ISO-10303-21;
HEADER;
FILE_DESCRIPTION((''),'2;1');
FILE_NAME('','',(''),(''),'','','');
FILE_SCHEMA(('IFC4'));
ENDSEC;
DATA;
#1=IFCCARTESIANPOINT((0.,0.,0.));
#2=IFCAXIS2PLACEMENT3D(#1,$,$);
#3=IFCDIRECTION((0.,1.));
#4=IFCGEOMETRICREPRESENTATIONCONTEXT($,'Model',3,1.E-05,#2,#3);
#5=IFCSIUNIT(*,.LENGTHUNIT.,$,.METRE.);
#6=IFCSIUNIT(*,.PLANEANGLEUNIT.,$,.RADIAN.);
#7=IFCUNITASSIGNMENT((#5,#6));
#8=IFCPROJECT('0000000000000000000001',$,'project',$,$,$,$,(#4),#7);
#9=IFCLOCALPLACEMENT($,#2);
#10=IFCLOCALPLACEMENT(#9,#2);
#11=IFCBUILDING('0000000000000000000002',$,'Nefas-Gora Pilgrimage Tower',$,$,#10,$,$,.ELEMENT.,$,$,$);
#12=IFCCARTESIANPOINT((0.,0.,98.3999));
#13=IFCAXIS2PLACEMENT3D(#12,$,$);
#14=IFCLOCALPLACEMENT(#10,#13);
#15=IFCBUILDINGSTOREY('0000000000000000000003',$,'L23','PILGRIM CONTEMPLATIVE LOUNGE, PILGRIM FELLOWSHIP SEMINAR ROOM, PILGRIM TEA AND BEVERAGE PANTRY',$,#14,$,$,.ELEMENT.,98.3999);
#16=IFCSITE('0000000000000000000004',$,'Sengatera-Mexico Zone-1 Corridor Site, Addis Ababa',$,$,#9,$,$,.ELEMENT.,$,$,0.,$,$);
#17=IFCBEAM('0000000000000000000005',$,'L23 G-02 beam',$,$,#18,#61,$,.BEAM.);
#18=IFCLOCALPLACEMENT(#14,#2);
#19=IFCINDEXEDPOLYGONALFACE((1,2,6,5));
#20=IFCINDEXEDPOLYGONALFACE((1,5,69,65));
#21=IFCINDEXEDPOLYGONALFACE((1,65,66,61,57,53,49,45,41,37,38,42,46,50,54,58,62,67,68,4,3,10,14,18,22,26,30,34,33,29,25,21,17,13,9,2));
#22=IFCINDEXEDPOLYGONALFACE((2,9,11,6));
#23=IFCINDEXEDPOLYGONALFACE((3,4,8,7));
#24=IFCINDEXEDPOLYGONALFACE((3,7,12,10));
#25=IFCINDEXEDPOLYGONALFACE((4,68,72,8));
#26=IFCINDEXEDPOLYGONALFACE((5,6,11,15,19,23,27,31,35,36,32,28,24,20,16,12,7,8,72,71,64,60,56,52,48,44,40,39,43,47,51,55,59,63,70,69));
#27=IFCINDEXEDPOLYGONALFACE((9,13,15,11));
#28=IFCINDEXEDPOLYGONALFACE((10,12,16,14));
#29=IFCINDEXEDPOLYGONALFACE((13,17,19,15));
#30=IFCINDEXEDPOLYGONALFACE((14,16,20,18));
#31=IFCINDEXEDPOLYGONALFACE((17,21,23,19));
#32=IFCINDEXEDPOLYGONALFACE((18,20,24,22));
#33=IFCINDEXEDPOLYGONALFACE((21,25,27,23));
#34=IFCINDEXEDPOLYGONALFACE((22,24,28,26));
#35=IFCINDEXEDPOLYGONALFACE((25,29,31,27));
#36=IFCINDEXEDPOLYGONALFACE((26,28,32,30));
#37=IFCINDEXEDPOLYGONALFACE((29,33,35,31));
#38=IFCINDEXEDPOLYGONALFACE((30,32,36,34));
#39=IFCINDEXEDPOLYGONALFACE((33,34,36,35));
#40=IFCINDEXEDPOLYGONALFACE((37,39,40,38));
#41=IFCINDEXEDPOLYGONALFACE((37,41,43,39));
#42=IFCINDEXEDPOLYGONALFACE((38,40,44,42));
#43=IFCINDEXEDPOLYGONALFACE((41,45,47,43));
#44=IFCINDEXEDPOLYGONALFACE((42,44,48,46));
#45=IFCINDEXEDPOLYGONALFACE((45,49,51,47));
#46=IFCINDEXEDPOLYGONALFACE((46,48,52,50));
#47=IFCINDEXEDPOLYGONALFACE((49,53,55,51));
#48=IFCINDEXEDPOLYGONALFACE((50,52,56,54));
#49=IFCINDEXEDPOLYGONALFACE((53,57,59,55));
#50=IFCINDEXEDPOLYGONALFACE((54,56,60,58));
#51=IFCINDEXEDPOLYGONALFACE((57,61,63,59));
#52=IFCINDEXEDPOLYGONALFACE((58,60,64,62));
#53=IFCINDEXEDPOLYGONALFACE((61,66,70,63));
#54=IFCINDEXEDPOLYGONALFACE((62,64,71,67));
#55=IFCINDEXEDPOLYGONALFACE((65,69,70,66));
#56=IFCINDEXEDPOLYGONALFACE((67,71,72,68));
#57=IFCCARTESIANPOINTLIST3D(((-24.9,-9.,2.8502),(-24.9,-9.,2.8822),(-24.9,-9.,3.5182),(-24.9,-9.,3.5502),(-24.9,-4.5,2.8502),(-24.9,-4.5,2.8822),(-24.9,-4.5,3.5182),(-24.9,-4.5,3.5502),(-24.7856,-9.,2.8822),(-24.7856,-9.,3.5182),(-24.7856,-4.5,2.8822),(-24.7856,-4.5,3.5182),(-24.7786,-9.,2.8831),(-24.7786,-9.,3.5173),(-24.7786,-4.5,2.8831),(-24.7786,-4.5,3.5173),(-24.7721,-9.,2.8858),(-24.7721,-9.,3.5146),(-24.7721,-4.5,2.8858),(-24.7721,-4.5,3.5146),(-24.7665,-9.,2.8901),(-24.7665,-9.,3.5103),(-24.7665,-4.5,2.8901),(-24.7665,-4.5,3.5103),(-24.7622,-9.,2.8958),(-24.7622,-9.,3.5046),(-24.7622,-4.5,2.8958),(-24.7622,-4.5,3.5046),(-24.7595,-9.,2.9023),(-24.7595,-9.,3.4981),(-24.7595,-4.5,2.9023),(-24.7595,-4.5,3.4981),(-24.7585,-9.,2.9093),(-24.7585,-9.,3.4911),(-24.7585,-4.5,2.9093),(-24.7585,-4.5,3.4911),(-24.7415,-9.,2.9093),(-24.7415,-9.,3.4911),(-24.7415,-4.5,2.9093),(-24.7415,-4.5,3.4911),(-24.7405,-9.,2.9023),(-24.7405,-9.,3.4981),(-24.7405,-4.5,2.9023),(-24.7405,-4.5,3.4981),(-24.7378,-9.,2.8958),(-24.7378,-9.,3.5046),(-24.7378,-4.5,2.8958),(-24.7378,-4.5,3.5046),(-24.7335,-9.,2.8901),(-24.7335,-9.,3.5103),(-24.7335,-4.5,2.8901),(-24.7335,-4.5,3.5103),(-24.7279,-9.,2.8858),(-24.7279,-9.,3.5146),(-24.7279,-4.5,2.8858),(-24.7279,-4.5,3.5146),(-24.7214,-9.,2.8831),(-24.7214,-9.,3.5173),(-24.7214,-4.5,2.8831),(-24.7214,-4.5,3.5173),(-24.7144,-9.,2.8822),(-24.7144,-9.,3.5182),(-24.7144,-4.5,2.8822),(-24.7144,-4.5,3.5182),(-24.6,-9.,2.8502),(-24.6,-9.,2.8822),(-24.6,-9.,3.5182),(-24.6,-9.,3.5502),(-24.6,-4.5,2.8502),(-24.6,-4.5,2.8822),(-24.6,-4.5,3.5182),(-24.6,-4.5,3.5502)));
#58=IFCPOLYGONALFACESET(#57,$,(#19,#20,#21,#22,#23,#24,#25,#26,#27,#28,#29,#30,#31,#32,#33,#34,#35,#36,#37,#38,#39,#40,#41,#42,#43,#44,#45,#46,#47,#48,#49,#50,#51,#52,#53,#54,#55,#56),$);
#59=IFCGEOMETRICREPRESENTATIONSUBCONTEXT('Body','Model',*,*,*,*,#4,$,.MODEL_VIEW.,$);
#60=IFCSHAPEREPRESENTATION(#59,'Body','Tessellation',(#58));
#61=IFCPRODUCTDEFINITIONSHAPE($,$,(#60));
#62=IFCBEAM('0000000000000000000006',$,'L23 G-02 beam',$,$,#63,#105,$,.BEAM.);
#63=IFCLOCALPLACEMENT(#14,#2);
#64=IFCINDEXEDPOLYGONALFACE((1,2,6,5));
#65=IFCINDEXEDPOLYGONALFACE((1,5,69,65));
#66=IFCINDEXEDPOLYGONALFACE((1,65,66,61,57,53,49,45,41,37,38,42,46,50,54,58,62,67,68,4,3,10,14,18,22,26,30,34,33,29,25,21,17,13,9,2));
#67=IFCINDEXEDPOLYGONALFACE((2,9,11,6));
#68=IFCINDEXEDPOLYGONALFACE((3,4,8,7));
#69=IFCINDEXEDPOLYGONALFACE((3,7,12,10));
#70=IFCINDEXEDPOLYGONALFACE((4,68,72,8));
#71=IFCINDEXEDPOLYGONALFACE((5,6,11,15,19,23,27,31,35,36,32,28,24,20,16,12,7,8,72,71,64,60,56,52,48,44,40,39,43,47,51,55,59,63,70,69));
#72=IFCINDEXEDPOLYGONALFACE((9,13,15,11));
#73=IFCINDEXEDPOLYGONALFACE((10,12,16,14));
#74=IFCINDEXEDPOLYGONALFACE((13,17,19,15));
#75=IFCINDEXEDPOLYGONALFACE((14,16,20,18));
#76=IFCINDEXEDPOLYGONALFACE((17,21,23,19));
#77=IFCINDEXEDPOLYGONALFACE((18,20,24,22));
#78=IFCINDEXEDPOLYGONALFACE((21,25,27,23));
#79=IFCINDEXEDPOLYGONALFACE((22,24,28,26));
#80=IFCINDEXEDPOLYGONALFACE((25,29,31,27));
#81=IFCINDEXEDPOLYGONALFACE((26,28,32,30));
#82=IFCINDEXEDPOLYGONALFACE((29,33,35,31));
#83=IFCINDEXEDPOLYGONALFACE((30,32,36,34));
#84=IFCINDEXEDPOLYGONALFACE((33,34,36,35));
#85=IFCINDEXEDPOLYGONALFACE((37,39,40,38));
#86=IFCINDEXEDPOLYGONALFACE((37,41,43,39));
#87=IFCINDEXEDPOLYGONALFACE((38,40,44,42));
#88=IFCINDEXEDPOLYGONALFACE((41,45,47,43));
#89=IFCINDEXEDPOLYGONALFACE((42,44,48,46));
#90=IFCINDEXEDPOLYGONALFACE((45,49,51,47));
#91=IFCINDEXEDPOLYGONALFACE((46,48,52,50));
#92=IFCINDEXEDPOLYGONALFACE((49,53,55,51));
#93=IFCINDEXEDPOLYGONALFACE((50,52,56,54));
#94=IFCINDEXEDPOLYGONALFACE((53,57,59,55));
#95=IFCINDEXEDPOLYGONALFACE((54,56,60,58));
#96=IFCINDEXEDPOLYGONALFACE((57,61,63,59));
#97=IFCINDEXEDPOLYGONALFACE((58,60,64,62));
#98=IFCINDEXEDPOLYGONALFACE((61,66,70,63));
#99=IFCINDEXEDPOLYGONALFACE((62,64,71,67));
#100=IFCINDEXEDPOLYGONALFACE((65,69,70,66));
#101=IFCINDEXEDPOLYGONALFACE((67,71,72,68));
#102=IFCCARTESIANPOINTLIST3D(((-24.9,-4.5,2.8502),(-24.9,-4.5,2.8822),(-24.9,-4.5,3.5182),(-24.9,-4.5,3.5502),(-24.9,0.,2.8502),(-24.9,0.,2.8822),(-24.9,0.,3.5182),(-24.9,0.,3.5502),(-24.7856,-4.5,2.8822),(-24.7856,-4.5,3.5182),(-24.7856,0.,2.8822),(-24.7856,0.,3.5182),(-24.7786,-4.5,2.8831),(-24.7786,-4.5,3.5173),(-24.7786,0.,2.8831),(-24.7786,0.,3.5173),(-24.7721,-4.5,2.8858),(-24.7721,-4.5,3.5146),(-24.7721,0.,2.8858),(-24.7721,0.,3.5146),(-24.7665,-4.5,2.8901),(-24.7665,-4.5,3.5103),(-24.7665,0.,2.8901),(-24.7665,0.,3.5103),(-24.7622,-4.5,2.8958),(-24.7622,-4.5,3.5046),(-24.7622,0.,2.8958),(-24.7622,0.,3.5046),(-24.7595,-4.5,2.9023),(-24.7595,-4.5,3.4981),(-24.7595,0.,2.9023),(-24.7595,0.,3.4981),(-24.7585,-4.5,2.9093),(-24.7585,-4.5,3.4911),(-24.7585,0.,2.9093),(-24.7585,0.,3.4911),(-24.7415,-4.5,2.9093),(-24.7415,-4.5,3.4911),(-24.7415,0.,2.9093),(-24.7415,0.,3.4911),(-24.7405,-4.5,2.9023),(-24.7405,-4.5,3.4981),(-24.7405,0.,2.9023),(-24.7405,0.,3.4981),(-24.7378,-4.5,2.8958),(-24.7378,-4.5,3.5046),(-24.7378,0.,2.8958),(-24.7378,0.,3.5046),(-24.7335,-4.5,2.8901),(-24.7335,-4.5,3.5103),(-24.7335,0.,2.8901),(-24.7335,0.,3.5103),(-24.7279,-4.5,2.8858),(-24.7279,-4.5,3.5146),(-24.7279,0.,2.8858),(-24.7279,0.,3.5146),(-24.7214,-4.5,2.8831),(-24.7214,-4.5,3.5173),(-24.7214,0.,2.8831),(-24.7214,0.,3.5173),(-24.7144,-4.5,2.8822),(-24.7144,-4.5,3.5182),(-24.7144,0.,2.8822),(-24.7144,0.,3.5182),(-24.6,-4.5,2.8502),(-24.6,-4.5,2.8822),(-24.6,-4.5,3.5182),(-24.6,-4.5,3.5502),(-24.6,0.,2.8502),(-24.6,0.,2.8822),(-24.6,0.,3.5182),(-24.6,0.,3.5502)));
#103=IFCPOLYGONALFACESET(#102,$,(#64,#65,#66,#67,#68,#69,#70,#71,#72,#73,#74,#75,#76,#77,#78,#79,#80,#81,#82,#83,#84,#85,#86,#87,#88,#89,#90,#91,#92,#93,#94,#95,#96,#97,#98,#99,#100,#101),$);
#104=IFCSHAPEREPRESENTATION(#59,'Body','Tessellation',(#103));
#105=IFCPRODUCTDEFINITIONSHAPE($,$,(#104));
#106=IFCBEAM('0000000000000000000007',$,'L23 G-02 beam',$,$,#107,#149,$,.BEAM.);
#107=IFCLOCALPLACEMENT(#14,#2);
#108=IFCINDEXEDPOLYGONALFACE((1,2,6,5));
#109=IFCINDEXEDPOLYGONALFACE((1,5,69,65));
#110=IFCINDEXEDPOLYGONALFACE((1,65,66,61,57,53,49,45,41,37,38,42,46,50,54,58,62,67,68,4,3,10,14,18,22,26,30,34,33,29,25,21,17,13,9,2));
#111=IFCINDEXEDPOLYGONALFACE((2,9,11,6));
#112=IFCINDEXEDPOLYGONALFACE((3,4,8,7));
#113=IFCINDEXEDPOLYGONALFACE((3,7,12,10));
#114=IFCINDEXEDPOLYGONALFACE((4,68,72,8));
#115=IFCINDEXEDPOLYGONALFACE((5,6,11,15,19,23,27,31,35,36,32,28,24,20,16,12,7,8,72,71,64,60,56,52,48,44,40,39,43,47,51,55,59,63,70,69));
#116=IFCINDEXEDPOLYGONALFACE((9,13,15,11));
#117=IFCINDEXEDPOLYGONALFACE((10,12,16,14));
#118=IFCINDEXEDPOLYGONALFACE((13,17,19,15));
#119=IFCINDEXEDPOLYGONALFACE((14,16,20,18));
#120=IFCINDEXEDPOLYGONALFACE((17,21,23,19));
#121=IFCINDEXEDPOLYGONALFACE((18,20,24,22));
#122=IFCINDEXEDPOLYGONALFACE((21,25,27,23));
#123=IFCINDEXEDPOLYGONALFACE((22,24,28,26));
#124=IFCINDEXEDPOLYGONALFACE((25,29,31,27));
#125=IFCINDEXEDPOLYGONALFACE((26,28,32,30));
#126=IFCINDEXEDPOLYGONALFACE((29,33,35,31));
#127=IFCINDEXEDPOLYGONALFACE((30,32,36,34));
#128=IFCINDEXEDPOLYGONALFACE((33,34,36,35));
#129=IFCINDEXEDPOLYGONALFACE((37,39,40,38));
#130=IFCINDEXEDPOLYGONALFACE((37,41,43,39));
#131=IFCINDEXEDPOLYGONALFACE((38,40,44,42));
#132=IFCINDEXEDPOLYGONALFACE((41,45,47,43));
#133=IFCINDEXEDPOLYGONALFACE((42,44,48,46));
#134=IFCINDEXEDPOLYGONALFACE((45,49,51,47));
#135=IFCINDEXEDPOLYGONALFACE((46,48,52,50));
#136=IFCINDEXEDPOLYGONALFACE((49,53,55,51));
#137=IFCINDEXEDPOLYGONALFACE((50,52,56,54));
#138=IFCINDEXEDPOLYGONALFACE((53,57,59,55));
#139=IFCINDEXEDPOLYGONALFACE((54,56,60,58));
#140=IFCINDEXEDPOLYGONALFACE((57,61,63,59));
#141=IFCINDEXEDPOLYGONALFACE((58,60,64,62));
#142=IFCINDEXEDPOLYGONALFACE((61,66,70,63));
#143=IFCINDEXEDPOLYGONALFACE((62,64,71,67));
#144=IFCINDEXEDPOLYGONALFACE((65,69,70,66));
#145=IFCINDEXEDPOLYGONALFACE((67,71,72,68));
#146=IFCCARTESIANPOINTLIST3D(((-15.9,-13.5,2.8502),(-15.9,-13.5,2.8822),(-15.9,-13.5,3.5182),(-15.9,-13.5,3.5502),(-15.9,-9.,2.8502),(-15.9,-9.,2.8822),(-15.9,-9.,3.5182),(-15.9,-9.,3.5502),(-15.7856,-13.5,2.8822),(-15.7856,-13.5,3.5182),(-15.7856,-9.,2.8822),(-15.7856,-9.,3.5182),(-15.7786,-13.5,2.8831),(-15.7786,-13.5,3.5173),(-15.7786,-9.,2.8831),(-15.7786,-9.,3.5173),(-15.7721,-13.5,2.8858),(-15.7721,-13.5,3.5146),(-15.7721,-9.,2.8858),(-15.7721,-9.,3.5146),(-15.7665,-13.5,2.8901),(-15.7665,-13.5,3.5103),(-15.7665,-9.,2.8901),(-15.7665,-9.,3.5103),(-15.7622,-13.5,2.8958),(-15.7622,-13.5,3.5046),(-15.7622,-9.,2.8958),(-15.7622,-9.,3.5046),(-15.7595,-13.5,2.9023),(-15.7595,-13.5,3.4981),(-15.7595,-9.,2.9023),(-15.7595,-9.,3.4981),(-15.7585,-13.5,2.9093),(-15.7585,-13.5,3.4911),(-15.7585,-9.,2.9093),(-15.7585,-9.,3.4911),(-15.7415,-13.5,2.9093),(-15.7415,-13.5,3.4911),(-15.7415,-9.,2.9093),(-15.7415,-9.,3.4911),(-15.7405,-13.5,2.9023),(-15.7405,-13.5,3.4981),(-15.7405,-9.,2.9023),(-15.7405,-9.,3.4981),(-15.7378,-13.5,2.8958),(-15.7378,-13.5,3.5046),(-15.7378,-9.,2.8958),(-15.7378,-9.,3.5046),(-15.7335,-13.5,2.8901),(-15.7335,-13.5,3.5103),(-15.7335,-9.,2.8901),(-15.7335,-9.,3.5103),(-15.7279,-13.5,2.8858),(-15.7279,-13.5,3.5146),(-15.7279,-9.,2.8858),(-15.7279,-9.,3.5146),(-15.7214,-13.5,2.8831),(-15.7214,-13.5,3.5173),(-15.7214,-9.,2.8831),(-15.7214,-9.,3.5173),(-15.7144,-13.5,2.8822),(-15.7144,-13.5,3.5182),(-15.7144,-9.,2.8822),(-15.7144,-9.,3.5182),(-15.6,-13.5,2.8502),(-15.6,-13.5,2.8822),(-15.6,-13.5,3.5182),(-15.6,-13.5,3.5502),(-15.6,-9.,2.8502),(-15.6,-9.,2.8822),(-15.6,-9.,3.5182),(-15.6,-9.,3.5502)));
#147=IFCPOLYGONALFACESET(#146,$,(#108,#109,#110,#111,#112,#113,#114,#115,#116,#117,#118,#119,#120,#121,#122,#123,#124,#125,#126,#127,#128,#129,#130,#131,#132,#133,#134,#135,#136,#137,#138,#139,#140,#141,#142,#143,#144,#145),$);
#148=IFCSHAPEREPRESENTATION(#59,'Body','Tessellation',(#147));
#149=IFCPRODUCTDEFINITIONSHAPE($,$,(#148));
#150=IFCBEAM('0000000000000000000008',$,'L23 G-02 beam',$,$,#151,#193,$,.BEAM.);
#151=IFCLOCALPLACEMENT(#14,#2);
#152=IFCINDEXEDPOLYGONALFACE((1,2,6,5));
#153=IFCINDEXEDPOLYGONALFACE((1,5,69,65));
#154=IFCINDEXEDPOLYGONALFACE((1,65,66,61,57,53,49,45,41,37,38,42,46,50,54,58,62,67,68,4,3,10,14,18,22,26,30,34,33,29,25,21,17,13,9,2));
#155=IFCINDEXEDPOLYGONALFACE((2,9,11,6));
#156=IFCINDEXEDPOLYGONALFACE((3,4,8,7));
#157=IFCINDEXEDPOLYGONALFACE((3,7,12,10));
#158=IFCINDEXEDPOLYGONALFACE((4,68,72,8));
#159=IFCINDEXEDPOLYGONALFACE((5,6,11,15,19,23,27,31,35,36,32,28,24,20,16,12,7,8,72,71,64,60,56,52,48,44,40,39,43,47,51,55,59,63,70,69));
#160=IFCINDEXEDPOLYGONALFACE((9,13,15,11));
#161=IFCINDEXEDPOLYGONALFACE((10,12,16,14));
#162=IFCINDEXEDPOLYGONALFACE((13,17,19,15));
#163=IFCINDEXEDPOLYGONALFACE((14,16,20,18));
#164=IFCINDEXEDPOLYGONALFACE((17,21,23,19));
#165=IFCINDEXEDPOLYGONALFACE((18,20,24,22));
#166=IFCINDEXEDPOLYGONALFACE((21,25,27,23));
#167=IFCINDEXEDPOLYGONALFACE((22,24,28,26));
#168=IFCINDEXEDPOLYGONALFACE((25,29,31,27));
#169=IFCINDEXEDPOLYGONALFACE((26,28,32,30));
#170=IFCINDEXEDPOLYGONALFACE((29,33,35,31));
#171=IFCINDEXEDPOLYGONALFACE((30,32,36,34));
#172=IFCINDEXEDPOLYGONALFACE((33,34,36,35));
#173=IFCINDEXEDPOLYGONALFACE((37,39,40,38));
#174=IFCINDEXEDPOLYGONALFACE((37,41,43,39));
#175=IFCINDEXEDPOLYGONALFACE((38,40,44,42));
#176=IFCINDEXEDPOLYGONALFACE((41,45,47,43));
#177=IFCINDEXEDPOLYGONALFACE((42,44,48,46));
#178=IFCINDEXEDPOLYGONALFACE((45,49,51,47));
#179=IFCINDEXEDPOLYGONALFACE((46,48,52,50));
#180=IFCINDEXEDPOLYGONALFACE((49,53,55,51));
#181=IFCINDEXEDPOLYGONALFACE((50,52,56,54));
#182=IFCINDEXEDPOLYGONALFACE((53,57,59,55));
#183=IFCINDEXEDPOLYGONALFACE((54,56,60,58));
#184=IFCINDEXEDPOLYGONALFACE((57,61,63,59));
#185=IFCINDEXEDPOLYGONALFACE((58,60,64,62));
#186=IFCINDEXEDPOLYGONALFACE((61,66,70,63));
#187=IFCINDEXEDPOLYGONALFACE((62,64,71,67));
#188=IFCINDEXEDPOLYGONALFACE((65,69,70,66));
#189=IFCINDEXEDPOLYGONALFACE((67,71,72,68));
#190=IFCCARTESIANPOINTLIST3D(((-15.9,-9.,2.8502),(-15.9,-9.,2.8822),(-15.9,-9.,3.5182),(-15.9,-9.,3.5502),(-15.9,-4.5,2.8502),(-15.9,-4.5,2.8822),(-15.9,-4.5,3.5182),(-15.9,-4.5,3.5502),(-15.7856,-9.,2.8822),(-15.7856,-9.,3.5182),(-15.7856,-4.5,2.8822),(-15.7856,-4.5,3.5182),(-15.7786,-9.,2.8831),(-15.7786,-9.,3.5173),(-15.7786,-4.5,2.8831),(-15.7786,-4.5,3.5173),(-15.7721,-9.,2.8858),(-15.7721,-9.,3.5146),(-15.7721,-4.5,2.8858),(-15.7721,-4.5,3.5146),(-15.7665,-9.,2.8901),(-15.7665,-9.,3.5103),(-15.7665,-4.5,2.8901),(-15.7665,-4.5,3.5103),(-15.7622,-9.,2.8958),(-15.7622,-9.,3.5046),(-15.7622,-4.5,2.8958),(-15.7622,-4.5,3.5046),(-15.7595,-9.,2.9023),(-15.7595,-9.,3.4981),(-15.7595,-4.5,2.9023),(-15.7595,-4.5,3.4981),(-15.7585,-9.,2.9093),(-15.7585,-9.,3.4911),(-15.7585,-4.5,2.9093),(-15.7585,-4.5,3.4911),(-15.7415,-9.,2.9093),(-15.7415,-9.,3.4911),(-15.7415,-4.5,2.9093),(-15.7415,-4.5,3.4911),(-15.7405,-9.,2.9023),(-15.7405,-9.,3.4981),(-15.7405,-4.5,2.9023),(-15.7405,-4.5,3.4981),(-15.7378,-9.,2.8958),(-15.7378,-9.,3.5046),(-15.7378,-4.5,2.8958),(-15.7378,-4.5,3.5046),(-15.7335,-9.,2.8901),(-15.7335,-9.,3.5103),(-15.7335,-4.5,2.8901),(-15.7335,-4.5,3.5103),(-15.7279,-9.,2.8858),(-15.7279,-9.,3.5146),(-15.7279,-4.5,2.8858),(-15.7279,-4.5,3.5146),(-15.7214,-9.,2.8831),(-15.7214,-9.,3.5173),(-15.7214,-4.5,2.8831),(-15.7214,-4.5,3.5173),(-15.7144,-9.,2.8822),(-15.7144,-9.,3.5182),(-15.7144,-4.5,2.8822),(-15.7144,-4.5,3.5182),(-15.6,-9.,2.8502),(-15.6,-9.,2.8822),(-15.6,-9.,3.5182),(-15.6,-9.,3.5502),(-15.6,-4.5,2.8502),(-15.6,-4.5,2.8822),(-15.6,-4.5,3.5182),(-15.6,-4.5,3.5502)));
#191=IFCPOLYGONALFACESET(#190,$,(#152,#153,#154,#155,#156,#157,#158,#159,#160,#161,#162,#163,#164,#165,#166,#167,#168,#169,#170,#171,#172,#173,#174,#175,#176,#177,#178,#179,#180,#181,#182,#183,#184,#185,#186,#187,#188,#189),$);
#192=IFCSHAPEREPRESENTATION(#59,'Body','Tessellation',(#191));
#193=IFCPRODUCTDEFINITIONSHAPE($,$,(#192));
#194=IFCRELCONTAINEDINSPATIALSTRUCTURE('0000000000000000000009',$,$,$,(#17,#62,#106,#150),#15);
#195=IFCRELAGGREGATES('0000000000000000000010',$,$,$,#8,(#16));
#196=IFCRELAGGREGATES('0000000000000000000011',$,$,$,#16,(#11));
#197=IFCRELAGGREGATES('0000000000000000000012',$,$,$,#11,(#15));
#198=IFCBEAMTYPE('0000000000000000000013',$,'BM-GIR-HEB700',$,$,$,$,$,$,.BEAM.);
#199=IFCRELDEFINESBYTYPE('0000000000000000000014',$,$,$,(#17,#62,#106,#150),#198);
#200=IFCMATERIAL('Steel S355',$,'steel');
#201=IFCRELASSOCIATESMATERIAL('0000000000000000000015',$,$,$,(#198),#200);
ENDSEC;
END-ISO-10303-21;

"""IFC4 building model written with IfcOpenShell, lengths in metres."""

from ifc_helpers import new_model, si_unit, direction, frame, origin, origin_2d, place, context, subcontext, project, spatial, i_section, extrude, source, transform, mapped, material, material_profile, profile_set, type_object, element, save


model = new_model("IFC4")

# Units and contexts
model_context = context("Model", 3, precision=1e-05, world=origin(), true_north=direction((0.0, 1.0)))
body_context = subcontext(model_context, "Body", "Model", "MODEL_VIEW")
ifc_project = project(units=[si_unit("LENGTHUNIT", "METRE"), si_unit("PLANEANGLEUNIT", "RADIAN")], contexts=[model_context])

# Site, building, storey
site_placement = place(None, origin())
site = spatial("IfcSite", under=ifc_project, at=site_placement, Name="Sengatera-Mexico Zone-1 Corridor Site, Addis Ababa", CompositionType="ELEMENT", RefElevation=0.0)
building_placement = place(site_placement, origin())
building = spatial("IfcBuilding", under=site, at=building_placement, Name="Nefas-Gora Pilgrimage Tower", CompositionType="ELEMENT")
storey_placement = place(building_placement, frame((0.0, 0.0, 98.3999)))
storey = spatial("IfcBuildingStorey", under=building, at=storey_placement, Name="L23", Description="PILGRIM CONTEMPLATIVE LOUNGE, PILGRIM FELLOWSHIP SEMINAR ROOM, PILGRIM TEA AND BEVERAGE PANTRY", CompositionType="ELEMENT", Elevation=98.3999)

# Beams
ifc_material_1 = material(Name="Steel S355", Category="steel")
ifc_material_profile_1 = material_profile(ifc_material_1, i_section(OverallWidth=0.3, OverallDepth=0.7, WebThickness=0.0171, FlangeThickness=0.032, FilletRadius=0.0271, at=origin_2d()), Name="HEB 700")
ifc_profile_set_1 = profile_set([ifc_material_profile_1], Name="Steel S355")
beam_type = type_object("IfcBeamType", Name="BM-GIR-HEB700", PredefinedType="BEAM", material=ifc_profile_set_1)
shared_shape_1 = source(origin(), body_context, "Body", "SweptSolid", [
    extrude(i_section(OverallWidth=0.3, OverallDepth=0.7, WebThickness=0.0171, FlangeThickness=0.032, FilletRadius=0.0271, at=origin_2d()), origin(), (0.0, 0.0, 1.0), 4.5),
])
for number, where, z_axis, x_axis, name in (
    (1, (-24.75, -9.0, 3.2002), (0.0, 1.0, 0.0), (-1.0, 0.0, 0.0), "L23 G-02 beam"),
    (2, (-24.75, -4.5, 3.2002), (0.0, 1.0, 0.0), (-1.0, 0.0, 0.0), "L23 G-02 beam"),
    (3, (-15.75, -13.5, 3.2002), (0.0, 1.0, 0.0), (-1.0, 0.0, 0.0), "L23 G-02 beam"),
    (4, (-15.75, -9.0, 3.2002), (0.0, 1.0, 0.0), (-1.0, 0.0, 0.0), "L23 G-02 beam"),
):
    element("IfcBeam", number, at=place(storey_placement, frame(where, z_axis=z_axis, x_axis=x_axis)), inside=storey, type_object=beam_type, Name=name, PredefinedType="BEAM", context=body_context, shape_type="MappedRepresentation", body=[
        mapped(shared_shape_1, transform((0.0, 0.0, 0.0), x_axis=(1.0, 0.0, 0.0), y_axis=(0.0, 1.0, 0.0), z_axis=(0.0, 0.0, 1.0), scale=1.0)),
    ])

save(model, "model.ifc")
